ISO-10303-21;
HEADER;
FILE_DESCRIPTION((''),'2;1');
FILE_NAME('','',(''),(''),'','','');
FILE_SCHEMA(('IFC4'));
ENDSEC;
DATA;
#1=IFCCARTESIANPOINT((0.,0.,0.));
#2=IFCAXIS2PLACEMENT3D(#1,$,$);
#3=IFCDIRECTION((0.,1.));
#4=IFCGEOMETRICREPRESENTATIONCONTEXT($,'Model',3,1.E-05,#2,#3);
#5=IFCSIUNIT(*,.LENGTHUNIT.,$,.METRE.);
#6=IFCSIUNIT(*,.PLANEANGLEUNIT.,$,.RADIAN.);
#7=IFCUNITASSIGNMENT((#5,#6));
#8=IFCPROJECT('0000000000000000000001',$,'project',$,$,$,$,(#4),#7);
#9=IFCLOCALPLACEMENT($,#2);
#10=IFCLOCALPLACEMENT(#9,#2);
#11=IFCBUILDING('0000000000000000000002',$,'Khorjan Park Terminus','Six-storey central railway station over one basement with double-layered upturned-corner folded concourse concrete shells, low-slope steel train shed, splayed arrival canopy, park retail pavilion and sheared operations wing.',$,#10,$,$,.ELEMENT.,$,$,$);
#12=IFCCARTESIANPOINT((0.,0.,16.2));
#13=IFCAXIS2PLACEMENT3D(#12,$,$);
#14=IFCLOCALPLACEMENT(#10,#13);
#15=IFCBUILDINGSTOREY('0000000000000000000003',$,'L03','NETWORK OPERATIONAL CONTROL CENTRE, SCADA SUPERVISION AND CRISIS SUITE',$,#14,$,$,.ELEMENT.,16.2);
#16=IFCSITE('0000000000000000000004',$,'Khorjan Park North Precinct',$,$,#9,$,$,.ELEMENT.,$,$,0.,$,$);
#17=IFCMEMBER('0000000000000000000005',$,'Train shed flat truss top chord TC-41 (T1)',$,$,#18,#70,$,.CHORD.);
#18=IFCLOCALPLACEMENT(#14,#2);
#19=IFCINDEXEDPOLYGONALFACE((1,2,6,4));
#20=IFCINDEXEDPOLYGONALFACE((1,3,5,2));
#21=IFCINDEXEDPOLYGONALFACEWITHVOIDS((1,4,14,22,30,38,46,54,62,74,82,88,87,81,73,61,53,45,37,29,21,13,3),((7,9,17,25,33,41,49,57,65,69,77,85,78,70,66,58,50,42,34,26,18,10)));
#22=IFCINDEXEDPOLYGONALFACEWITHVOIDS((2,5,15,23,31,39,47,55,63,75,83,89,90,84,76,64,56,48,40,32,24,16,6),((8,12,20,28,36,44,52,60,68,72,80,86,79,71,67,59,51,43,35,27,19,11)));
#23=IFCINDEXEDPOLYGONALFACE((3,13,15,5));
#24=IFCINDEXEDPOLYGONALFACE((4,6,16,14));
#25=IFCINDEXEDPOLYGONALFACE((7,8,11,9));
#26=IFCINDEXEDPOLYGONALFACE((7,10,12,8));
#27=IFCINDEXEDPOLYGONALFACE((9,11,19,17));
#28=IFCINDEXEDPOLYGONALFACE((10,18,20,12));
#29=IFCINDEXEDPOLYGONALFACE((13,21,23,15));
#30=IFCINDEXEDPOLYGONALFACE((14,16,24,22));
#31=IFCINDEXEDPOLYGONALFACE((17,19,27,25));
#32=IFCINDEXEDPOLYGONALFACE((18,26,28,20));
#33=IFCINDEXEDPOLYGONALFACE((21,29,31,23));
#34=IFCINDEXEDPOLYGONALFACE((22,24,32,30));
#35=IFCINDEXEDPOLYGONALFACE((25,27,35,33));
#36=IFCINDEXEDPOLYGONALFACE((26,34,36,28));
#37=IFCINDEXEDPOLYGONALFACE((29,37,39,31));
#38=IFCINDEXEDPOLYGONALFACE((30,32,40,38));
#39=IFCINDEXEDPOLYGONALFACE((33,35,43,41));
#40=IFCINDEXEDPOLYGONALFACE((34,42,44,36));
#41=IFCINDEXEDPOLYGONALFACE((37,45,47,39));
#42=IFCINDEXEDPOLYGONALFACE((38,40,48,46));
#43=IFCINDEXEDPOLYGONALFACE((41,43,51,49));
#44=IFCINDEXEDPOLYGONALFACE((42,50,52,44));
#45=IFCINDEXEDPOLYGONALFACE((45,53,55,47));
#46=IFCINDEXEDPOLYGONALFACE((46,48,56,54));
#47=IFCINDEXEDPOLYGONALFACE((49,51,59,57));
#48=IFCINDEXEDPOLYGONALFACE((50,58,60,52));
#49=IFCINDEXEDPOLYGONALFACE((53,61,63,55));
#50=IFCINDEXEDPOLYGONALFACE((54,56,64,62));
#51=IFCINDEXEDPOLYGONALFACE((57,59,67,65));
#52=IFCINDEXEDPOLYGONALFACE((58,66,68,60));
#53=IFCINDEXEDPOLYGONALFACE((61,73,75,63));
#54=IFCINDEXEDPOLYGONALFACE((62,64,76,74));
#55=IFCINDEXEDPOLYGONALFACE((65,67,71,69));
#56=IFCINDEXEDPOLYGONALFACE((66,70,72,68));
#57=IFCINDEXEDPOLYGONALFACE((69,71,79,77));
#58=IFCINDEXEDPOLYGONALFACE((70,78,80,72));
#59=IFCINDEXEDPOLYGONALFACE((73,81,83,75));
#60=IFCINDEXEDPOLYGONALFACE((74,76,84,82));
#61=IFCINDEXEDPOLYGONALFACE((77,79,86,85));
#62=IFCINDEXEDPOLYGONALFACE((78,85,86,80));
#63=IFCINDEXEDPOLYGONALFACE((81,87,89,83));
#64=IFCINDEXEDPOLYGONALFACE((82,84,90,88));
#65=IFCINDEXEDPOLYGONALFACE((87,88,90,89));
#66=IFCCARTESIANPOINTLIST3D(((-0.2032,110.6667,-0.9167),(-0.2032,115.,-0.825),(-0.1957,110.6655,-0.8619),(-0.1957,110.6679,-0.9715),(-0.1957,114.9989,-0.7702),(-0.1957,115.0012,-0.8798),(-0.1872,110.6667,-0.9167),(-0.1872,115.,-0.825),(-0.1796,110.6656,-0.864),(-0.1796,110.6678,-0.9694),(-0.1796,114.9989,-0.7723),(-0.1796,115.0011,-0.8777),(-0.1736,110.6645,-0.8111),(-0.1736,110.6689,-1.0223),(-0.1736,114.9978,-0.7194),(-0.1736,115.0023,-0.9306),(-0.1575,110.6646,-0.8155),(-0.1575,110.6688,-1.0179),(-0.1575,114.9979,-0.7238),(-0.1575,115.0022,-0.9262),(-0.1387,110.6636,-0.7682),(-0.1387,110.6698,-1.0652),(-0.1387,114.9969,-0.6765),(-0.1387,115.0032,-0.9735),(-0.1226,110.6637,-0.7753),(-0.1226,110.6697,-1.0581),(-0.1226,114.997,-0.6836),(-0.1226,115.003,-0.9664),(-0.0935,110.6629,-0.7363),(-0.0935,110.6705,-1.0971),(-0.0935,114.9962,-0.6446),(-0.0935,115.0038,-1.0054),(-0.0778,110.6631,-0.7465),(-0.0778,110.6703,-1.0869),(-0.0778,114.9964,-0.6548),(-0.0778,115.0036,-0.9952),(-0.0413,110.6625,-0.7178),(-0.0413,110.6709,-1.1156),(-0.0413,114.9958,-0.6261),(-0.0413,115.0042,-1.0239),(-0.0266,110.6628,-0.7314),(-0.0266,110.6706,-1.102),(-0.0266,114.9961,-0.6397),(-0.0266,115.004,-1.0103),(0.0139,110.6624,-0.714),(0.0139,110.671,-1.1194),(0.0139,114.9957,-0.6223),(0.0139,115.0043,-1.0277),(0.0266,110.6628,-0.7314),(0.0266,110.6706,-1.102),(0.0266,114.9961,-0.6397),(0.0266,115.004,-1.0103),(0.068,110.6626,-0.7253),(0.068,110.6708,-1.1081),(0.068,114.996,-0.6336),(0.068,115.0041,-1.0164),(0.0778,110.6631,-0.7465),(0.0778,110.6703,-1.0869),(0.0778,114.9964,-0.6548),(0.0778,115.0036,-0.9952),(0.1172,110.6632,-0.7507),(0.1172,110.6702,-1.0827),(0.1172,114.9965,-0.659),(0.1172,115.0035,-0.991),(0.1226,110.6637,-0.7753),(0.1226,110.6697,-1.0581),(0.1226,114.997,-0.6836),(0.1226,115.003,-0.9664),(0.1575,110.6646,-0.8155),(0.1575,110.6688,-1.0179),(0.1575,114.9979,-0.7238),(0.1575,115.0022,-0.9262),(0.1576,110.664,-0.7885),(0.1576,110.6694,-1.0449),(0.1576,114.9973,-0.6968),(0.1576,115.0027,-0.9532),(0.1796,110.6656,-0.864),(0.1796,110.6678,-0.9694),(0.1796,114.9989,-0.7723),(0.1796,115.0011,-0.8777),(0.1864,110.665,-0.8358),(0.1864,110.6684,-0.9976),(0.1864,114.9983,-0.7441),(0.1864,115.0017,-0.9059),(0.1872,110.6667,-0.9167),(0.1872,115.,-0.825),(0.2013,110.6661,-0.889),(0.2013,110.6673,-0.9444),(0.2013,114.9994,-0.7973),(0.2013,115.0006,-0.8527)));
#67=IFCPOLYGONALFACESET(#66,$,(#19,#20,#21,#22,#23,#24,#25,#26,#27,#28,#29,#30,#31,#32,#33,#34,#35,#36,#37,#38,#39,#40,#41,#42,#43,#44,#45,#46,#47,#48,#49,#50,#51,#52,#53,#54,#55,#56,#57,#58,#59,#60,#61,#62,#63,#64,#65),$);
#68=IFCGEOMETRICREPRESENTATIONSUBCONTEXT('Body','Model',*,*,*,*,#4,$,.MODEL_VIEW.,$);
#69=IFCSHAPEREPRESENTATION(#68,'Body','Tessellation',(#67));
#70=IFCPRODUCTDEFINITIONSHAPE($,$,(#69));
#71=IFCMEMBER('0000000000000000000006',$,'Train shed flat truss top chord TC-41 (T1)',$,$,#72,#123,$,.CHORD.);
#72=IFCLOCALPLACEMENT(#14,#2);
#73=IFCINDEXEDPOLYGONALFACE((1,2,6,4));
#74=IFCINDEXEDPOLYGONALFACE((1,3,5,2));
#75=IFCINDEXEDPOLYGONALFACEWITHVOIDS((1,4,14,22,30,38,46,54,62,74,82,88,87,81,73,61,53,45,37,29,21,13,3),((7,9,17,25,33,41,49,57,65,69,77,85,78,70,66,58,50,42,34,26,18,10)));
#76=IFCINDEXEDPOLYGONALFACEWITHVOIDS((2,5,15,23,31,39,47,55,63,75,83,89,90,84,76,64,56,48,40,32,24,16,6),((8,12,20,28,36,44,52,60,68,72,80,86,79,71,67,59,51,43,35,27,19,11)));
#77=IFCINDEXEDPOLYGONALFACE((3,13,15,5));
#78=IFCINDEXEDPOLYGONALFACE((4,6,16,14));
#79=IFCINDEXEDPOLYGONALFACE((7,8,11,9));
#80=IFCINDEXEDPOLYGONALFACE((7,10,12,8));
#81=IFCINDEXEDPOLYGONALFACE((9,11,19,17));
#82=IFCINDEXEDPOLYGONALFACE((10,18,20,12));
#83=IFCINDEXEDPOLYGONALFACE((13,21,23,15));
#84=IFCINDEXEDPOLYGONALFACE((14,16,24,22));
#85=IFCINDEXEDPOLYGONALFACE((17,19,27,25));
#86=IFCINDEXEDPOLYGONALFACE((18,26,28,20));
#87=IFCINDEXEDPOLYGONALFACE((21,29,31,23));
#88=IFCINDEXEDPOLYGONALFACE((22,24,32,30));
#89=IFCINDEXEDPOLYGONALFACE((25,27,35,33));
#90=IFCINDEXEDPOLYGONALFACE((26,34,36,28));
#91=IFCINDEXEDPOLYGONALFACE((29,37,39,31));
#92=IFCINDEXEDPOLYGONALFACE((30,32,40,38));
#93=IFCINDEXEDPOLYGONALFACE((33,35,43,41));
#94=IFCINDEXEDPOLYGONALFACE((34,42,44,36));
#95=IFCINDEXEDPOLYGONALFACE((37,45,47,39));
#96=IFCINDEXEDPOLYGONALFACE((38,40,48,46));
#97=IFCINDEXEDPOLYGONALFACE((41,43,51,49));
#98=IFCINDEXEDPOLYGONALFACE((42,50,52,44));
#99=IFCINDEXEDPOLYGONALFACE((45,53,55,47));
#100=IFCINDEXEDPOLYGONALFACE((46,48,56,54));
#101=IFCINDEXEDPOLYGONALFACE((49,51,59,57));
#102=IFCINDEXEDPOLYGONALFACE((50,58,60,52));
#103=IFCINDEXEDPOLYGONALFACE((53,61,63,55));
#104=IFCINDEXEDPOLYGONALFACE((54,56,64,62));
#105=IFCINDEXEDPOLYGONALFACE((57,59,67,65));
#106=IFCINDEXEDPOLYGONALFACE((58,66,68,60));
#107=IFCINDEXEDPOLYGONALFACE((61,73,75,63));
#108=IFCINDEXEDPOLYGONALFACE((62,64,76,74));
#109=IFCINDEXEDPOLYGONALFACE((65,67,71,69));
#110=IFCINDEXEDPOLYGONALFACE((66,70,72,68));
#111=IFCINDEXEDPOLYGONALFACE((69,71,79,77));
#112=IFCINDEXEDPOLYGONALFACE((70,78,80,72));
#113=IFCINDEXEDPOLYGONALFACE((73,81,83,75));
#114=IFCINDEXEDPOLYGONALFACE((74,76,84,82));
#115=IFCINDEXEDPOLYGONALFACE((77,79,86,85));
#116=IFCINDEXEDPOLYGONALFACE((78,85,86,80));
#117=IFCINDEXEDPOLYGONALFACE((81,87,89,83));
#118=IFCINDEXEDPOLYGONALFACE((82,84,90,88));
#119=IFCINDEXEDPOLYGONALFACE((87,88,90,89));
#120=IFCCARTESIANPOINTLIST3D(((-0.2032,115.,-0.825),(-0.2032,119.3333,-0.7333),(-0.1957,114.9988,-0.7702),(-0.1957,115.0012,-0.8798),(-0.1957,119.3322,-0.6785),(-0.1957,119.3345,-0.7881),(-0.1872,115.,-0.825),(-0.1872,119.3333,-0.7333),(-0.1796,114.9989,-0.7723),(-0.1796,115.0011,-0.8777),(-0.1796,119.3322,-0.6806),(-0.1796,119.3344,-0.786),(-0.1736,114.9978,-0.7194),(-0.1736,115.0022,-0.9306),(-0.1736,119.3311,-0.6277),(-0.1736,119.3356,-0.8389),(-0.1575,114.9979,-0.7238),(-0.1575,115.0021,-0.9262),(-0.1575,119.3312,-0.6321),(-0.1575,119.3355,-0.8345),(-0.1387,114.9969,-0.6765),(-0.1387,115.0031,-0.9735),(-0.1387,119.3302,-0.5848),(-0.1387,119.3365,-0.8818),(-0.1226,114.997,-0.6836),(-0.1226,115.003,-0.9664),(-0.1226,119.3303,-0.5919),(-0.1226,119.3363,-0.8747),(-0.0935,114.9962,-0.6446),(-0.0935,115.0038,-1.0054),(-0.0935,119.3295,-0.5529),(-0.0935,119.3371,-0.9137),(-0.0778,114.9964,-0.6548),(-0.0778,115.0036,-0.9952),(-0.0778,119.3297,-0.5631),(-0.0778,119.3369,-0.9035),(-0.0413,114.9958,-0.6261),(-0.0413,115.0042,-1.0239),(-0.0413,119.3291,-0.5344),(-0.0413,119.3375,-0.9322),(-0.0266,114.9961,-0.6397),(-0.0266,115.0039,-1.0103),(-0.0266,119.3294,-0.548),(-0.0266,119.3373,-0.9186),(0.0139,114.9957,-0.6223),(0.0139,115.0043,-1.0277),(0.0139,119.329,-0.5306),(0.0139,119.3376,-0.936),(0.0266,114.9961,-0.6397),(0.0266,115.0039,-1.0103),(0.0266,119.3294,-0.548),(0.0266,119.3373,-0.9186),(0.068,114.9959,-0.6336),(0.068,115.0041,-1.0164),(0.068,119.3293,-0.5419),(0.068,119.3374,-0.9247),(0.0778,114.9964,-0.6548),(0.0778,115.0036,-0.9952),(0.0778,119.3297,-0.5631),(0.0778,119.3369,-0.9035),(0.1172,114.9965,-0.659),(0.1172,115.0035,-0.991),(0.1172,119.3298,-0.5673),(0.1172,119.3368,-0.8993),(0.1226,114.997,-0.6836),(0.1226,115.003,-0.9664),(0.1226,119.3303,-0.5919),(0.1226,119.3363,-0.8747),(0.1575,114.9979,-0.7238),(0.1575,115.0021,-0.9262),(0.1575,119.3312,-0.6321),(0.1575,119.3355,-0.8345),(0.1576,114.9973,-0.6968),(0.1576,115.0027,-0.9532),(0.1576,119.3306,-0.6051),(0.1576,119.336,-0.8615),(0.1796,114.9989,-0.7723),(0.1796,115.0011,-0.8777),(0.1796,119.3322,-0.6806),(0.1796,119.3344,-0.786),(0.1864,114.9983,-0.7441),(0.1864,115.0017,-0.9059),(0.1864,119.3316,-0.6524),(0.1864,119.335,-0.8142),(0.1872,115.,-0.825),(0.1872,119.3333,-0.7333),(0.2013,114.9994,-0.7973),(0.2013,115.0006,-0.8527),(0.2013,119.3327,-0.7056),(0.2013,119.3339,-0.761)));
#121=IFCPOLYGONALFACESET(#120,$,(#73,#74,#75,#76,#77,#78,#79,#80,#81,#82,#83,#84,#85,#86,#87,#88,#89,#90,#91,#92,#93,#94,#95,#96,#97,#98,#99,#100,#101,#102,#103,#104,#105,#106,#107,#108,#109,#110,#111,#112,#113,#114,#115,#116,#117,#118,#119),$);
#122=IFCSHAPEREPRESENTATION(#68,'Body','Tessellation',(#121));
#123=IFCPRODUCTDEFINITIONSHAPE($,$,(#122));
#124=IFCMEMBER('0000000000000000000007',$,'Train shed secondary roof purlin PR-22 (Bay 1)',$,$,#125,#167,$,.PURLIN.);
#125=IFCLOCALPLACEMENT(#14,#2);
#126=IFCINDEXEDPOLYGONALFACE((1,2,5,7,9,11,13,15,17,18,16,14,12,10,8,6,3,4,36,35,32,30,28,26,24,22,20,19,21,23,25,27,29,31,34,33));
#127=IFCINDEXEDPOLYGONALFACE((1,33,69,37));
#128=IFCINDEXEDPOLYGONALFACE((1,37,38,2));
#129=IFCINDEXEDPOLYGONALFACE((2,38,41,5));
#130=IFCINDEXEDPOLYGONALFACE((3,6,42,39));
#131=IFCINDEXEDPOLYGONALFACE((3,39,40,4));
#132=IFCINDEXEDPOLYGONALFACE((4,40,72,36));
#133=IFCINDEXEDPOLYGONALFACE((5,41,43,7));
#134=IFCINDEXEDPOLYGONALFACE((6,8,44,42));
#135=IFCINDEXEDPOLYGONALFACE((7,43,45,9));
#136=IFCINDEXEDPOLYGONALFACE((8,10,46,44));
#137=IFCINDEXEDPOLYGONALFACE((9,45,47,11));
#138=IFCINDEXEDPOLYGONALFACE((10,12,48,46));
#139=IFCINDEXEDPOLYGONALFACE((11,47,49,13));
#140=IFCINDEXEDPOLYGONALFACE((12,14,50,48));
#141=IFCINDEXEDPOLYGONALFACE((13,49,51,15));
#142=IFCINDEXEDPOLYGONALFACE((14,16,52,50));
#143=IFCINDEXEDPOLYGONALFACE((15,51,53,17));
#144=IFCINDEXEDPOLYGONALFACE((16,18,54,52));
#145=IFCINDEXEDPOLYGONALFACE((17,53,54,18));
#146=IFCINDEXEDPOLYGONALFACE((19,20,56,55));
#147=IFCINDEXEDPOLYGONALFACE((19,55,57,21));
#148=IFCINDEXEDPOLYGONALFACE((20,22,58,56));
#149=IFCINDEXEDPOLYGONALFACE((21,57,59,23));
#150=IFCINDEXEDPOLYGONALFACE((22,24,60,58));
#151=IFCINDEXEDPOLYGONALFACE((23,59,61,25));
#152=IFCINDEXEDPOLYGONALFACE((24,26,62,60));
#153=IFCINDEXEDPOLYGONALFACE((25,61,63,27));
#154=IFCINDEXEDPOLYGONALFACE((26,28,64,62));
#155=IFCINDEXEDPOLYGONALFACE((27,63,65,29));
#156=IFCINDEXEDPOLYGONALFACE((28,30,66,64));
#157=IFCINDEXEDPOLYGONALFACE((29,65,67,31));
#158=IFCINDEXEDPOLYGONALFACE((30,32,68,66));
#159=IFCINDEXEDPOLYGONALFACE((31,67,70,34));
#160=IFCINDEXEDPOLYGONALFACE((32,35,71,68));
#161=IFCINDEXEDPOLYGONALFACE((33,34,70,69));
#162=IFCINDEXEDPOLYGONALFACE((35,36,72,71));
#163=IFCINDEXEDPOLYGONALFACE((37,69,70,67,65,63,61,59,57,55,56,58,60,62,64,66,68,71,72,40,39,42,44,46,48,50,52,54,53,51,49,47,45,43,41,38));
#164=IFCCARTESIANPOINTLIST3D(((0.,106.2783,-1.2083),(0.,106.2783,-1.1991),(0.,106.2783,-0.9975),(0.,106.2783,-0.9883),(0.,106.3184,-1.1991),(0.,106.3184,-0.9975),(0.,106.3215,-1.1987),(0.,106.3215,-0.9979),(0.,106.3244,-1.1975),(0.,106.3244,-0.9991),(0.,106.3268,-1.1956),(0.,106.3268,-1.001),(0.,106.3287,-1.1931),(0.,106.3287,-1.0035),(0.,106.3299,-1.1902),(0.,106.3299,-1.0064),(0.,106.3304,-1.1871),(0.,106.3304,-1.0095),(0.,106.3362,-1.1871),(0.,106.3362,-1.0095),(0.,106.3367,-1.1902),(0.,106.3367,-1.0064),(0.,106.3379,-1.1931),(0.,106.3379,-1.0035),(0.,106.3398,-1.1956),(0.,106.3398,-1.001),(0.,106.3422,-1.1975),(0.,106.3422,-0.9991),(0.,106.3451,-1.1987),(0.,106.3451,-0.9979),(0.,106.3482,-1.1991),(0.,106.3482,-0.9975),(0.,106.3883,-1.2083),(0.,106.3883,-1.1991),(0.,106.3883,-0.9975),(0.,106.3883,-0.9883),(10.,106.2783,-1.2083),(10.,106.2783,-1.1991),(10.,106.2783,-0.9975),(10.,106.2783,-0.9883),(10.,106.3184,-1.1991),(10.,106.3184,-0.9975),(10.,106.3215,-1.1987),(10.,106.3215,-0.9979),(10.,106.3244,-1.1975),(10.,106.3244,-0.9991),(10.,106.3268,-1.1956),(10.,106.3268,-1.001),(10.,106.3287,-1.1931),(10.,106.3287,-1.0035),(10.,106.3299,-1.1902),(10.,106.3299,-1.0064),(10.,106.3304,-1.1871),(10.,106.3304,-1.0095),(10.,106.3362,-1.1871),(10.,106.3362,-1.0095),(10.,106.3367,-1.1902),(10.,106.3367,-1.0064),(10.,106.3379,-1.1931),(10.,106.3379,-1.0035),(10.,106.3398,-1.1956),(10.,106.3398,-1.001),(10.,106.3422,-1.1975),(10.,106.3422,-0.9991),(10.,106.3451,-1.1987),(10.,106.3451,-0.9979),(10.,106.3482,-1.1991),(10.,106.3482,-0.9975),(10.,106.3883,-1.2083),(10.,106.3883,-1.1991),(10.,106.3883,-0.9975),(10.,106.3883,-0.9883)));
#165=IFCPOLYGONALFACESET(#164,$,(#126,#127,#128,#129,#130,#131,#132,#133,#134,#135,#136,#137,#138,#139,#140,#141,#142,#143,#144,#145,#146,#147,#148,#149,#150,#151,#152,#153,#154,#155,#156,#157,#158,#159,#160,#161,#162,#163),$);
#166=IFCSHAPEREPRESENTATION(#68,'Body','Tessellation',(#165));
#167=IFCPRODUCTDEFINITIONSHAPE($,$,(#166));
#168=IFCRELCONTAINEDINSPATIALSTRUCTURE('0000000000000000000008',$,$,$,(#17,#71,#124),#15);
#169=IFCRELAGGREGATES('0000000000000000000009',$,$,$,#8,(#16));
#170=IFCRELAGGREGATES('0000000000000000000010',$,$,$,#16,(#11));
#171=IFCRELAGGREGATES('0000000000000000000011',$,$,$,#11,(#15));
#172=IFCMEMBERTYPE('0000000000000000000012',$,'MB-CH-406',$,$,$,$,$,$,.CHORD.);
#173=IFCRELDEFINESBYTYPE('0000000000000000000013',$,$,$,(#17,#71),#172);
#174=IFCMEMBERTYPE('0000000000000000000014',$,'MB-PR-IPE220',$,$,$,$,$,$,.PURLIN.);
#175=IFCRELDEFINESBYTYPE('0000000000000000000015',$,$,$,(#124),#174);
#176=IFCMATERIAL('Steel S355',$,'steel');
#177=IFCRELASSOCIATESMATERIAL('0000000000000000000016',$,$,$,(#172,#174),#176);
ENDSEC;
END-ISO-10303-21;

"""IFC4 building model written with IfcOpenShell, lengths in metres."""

from ifc_helpers import new_model, si_unit, direction, frame, origin, origin_2d, place, context, subcontext, project, spatial, hollow_circle, i_section, extrude, material, material_profile, profile_set, type_object, element, save


model = new_model("IFC4")

# Units and contexts
model_context = context("Model", 3, precision=1e-05, world=origin(), true_north=direction((0.0, 1.0)))
body_context = subcontext(model_context, "Body", "Model", "MODEL_VIEW")
ifc_project = project(units=[si_unit("LENGTHUNIT", "METRE"), si_unit("PLANEANGLEUNIT", "RADIAN")], contexts=[model_context])

# Site, building, storey
site_placement = place(None, origin())
site = spatial("IfcSite", under=ifc_project, at=site_placement, Name="Khorjan Park North Precinct", CompositionType="ELEMENT", RefElevation=0.0)
building_placement = place(site_placement, origin())
building = spatial("IfcBuilding", under=site, at=building_placement, Name="Khorjan Park Terminus", Description="Six-storey central railway station over one basement with double-layered upturned-corner folded concourse concrete shells, low-slope steel train shed, splayed arrival canopy, park retail pavilion and sheared operations wing.", CompositionType="ELEMENT")
storey_placement = place(building_placement, frame((0.0, 0.0, 16.2)))
storey = spatial("IfcBuildingStorey", under=building, at=storey_placement, Name="L03", Description="NETWORK OPERATIONAL CONTROL CENTRE, SCADA SUPERVISION AND CRISIS SUITE", CompositionType="ELEMENT", Elevation=16.2)

# Members
ifc_material_1 = material(Name="Steel S355", Category="steel")
ifc_material_profile_1 = material_profile(ifc_material_1, hollow_circle(Radius=0.2032, WallThickness=0.016, at=origin_2d()), Name="CHS 406.4x16")
ifc_profile_set_1 = profile_set([ifc_material_profile_1], Name="Steel S355")
member_type_1 = type_object("IfcMemberType", Name="MB-CH-406", PredefinedType="CHORD", material=ifc_profile_set_1)
for number, where, z_axis, x_axis, name in (
    (1, (0.0, 110.6667, -0.9167), (0.0, 0.999776, 0.021157), (-1.0, 0.0, 0.0), "Train shed flat truss top chord TC-41 (T1)"),
    (2, (0.0, 115.0, -0.825), (0.0, 0.999776, 0.021157), (-1.0, 0.0, 0.0), "Train shed flat truss top chord TC-41 (T1)"),
):
    element("IfcMember", number, at=place(storey_placement, frame(where, z_axis=z_axis, x_axis=x_axis)), inside=storey, type_object=member_type_1, Name=name, PredefinedType="CHORD", context=body_context, shape_type="SweptSolid", body=[
        extrude(hollow_circle(Radius=0.2032, WallThickness=0.016, at=origin_2d()), origin(), (0.0, 0.0, 1.0), 4.3343),
    ])
ifc_material_profile_2 = material_profile(ifc_material_1, i_section(OverallWidth=0.11, OverallDepth=0.22, WebThickness=0.0059, FlangeThickness=0.0092, FilletRadius=0.012, at=origin_2d()), Name="IPE 220")
ifc_profile_set_2 = profile_set([ifc_material_profile_2], Name="Steel S355")
member_type_2 = type_object("IfcMemberType", Name="MB-PR-IPE220", PredefinedType="PURLIN", material=ifc_profile_set_2)
for number, where, z_axis, x_axis, name in (
    (3, (0.0, 106.3333, -1.0983), (1.0, 0.0, 0.0), (0.0, 1.0, 0.0), "Train shed secondary roof purlin PR-22 (Bay 1)"),
):
    element("IfcMember", number, at=place(storey_placement, frame(where, z_axis=z_axis, x_axis=x_axis)), inside=storey, type_object=member_type_2, Name=name, PredefinedType="PURLIN", context=body_context, shape_type="SweptSolid", body=[
        extrude(i_section(OverallWidth=0.11, OverallDepth=0.22, WebThickness=0.0059, FlangeThickness=0.0092, FilletRadius=0.012, at=origin_2d()), origin(), (0.0, 0.0, 1.0), 10.0),
    ])

save(model, "model.ifc")
